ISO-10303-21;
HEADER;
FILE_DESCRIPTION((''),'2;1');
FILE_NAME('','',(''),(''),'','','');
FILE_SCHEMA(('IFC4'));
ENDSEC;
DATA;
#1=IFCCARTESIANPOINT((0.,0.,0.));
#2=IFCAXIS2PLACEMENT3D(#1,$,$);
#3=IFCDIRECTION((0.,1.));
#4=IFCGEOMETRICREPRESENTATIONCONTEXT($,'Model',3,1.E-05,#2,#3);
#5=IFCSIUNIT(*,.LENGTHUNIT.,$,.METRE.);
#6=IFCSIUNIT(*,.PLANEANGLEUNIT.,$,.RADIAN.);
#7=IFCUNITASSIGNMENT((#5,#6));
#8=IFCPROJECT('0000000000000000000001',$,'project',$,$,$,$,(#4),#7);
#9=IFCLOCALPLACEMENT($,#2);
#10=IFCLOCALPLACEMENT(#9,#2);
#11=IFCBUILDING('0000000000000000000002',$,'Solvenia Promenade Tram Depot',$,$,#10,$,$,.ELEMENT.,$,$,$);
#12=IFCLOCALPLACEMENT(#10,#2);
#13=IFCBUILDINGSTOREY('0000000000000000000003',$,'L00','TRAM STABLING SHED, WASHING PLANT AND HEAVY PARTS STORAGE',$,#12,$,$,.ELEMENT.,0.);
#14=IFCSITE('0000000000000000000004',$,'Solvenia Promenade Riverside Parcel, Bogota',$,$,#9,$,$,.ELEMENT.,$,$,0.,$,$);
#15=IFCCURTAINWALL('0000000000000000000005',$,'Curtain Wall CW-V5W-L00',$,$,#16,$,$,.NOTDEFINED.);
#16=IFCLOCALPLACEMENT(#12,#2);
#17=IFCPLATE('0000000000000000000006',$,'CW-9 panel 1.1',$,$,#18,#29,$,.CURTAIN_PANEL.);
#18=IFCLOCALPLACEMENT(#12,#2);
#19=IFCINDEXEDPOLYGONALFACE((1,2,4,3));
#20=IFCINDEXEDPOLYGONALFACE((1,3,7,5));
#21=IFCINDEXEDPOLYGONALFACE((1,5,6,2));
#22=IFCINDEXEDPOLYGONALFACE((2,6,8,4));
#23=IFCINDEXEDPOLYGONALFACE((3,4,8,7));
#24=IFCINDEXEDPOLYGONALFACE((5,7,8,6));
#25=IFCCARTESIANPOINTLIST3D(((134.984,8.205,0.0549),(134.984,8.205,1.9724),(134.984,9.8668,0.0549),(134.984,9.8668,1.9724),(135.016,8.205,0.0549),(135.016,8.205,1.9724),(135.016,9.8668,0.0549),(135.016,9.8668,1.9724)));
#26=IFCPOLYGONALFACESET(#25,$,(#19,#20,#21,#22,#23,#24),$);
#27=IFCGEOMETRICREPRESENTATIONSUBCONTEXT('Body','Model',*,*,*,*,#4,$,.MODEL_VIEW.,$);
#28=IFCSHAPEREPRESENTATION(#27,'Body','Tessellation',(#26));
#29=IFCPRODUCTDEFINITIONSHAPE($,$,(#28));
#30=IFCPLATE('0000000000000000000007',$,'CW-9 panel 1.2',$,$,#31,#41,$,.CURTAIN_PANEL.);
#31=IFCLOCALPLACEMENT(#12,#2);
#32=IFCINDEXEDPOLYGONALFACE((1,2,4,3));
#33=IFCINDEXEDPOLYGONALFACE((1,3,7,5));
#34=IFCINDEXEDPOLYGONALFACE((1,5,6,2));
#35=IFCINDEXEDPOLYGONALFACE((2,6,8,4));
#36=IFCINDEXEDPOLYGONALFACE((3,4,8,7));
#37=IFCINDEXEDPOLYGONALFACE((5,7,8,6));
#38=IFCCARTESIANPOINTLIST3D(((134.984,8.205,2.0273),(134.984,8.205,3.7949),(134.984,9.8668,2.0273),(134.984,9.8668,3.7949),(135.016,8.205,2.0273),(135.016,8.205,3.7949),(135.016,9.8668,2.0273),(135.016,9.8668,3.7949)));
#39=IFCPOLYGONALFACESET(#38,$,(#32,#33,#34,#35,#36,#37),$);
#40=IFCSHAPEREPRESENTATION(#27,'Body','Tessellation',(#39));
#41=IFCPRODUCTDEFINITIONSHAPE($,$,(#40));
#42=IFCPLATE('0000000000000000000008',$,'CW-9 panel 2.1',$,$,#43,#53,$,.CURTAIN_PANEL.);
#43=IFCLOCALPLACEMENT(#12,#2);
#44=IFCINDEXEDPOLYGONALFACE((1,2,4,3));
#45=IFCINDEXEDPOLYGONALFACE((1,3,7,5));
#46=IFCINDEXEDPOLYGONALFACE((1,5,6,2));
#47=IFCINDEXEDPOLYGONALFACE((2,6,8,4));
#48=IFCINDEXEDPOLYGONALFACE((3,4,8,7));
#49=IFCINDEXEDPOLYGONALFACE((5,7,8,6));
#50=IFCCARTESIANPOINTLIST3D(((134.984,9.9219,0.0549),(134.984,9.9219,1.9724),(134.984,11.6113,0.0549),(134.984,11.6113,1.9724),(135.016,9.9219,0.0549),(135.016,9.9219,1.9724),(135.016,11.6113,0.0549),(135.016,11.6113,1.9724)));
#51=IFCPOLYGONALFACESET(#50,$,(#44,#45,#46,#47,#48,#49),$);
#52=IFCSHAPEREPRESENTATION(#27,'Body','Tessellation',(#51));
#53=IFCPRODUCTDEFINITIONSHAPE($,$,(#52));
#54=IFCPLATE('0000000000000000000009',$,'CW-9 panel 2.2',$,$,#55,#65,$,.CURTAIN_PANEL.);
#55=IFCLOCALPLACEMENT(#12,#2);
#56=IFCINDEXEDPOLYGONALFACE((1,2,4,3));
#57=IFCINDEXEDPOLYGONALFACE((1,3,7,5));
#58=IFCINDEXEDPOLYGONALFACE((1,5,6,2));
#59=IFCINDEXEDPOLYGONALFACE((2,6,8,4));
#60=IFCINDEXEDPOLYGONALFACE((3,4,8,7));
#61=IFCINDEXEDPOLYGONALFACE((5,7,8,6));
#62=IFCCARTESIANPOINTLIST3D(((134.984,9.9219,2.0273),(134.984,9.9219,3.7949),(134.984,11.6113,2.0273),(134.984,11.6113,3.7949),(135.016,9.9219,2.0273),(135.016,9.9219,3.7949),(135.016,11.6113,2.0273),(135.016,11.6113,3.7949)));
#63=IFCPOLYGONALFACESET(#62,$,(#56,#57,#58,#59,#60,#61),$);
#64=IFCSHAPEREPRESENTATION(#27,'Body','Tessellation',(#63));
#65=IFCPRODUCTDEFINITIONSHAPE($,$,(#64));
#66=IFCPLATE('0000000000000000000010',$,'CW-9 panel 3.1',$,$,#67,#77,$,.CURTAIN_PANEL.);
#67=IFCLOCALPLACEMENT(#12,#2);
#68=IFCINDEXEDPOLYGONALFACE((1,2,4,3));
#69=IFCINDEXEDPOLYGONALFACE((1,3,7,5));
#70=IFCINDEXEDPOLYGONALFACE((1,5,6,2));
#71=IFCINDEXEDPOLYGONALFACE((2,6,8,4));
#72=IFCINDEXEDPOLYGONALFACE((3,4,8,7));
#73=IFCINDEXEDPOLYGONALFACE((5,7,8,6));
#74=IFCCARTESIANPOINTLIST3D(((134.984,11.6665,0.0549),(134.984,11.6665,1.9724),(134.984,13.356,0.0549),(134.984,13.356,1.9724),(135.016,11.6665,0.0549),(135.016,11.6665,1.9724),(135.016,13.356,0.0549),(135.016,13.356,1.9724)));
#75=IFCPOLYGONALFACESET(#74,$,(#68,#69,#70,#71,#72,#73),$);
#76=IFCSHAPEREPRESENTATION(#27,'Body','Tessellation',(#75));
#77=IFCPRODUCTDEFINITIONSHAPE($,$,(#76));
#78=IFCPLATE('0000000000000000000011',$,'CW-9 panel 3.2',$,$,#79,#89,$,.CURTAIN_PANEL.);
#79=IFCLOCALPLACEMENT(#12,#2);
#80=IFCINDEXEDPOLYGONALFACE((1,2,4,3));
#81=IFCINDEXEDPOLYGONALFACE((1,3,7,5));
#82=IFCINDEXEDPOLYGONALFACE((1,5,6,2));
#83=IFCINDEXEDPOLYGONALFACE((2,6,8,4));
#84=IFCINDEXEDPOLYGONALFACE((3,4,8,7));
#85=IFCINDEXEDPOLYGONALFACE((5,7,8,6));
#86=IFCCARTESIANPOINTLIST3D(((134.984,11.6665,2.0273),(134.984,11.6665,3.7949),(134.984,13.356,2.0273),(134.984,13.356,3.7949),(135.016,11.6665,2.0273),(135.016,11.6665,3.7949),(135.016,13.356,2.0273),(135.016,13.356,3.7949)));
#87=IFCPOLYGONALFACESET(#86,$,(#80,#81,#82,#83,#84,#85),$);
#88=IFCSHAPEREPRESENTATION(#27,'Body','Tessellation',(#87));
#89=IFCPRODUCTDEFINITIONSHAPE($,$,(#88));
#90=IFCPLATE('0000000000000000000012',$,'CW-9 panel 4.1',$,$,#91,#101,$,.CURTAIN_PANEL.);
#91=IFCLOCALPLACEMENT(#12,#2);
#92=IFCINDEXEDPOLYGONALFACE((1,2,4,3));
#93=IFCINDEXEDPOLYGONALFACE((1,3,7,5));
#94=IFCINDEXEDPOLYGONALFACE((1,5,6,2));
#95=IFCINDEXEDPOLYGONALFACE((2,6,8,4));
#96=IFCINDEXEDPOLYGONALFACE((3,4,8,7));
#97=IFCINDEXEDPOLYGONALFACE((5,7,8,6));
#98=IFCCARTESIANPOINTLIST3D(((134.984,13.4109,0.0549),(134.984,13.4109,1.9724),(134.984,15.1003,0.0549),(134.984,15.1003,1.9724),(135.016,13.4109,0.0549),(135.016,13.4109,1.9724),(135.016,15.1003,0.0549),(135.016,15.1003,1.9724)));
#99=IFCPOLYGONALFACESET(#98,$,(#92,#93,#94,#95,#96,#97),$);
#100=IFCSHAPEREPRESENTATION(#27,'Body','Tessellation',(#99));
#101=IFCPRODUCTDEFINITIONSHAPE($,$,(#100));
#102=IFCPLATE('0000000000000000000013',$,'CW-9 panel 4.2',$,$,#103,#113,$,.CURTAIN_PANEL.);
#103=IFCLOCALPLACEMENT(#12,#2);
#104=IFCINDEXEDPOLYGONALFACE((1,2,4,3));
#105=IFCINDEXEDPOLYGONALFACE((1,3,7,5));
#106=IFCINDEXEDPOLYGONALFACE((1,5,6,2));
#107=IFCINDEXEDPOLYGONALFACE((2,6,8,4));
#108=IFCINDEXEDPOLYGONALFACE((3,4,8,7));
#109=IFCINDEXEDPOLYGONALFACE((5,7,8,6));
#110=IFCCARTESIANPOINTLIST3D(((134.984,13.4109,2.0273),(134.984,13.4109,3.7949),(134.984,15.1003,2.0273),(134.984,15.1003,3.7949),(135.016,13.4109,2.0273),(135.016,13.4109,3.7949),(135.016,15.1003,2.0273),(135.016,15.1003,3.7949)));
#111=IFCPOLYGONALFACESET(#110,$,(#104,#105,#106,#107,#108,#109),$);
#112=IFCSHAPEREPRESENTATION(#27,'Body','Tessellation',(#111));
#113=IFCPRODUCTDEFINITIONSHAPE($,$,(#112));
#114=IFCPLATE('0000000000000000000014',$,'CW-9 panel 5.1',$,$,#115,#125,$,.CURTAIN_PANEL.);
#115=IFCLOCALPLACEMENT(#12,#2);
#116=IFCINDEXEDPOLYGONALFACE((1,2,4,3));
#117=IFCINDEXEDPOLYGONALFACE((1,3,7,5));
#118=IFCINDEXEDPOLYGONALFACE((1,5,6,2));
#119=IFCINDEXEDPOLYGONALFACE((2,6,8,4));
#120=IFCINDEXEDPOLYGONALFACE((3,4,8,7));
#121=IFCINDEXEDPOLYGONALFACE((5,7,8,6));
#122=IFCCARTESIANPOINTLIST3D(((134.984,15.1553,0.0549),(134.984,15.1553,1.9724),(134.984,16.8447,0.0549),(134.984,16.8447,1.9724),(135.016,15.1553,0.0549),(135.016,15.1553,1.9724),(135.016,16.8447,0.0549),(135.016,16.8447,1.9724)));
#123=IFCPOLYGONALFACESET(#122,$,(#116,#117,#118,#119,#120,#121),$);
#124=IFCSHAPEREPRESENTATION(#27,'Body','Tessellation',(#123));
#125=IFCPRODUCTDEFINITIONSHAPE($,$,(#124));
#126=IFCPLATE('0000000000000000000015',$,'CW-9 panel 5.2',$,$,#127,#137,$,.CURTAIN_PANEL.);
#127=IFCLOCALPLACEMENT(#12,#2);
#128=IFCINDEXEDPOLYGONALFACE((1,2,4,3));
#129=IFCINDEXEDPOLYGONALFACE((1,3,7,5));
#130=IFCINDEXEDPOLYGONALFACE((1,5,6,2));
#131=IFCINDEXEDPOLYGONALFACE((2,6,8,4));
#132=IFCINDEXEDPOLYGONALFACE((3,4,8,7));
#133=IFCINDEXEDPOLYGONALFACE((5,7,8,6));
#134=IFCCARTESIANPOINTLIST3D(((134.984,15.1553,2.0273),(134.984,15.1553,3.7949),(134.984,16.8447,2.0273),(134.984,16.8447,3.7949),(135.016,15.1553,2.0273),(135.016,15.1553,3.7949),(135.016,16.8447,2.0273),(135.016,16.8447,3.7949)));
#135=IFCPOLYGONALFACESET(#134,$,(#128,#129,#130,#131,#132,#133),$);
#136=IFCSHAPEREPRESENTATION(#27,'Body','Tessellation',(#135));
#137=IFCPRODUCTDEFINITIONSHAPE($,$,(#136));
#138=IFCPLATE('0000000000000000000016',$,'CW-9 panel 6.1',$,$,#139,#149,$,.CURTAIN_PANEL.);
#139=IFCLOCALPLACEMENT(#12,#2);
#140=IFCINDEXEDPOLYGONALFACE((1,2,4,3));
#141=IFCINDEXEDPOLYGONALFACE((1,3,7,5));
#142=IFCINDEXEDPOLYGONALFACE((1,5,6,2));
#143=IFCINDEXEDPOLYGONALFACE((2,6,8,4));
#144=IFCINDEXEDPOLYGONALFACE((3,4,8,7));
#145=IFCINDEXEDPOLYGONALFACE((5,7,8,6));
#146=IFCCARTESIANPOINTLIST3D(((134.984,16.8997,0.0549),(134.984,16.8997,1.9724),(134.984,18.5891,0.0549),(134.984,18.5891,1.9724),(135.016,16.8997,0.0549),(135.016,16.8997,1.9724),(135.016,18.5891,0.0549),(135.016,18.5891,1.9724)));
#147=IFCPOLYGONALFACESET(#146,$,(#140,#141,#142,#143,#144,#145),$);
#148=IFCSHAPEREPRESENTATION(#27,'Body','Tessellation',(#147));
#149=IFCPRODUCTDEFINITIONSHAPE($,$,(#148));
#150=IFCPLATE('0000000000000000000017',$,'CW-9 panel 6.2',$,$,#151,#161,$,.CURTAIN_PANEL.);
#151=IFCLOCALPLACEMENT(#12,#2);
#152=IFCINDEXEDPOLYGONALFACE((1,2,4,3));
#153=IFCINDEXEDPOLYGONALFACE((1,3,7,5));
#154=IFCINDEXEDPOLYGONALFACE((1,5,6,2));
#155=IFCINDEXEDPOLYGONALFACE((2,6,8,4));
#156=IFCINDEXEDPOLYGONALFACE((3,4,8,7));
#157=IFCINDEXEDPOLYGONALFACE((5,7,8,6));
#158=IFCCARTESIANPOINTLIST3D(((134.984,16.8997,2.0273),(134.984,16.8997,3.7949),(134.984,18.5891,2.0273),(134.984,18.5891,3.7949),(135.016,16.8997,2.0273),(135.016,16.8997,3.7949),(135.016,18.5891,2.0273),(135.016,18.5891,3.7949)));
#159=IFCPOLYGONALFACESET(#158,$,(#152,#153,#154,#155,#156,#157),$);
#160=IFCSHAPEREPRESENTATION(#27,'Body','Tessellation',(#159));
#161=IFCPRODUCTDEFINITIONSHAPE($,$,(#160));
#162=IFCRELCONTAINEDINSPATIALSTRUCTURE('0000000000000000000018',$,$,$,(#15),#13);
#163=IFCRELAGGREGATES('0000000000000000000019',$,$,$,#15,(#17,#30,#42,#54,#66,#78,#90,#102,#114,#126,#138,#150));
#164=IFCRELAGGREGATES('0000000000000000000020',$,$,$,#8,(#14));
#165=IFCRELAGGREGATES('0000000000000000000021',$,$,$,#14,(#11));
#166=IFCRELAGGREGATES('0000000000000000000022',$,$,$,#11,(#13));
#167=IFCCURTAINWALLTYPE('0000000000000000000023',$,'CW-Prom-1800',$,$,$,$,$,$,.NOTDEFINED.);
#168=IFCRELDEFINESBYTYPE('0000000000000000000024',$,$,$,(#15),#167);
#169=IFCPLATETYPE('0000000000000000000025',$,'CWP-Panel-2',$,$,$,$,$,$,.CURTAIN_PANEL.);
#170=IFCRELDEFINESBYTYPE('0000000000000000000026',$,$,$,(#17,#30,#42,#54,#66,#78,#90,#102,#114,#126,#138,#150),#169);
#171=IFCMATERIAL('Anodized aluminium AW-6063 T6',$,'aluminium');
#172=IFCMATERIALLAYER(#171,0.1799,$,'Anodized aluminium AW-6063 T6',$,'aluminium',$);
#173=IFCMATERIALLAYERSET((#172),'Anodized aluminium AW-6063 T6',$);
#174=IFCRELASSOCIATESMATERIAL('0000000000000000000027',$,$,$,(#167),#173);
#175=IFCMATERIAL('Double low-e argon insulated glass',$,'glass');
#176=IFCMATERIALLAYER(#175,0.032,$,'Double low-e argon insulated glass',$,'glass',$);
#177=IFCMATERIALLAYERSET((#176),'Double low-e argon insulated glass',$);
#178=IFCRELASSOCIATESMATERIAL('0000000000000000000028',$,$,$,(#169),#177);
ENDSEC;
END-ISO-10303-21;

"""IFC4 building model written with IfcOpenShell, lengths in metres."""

from ifc_helpers import new_model, si_unit, direction, frame, origin, origin_2d, place, context, subcontext, project, spatial, rectangle, extrude, material, layer, layer_set, type_object, element, aggregate, save


model = new_model("IFC4")

# Units and contexts
model_context = context("Model", 3, precision=1e-05, world=origin(), true_north=direction((0.0, 1.0)))
body_context = subcontext(model_context, "Body", "Model", "MODEL_VIEW")
ifc_project = project(units=[si_unit("LENGTHUNIT", "METRE"), si_unit("PLANEANGLEUNIT", "RADIAN")], contexts=[model_context])

# Site, building, storey
site_placement = place(None, origin())
site = spatial("IfcSite", under=ifc_project, at=site_placement, Name="Solvenia Promenade Riverside Parcel, Bogota", CompositionType="ELEMENT", RefElevation=0.0)
building_placement = place(site_placement, origin())
building = spatial("IfcBuilding", under=site, at=building_placement, Name="Solvenia Promenade Tram Depot", CompositionType="ELEMENT")
storey_placement = place(building_placement, origin())
storey = spatial("IfcBuildingStorey", under=building, at=storey_placement, Name="L00", Description="TRAM STABLING SHED, WASHING PLANT AND HEAVY PARTS STORAGE", CompositionType="ELEMENT", Elevation=0.0)

# Curtain wall, plates
ifc_material_1 = material(Name="Anodized aluminium AW-6063 T6", Category="aluminium")
ifc_layer_1 = layer(ifc_material_1, 0.1799, Name="Anodized aluminium AW-6063 T6", Category="aluminium")
ifc_layer_set_1 = layer_set([ifc_layer_1], Name="Anodized aluminium AW-6063 T6")
curtain_wall_type = type_object("IfcCurtainWallType", Name="CW-Prom-1800", PredefinedType="NOTDEFINED", material=ifc_layer_set_1)
curtain_wall_placement = place(storey_placement, origin())
curtain_wall = element("IfcCurtainWall", 1, at=curtain_wall_placement, inside=storey, type_object=curtain_wall_type, Name="Curtain Wall CW-V5W-L00", PredefinedType="NOTDEFINED")
ifc_material_2 = material(Name="Double low-e argon insulated glass", Category="glass")
ifc_layer_2 = layer(ifc_material_2, 0.032, Name="Double low-e argon insulated glass", Category="glass")
ifc_layer_set_2 = layer_set([ifc_layer_2], Name="Double low-e argon insulated glass")
plate_type = type_object("IfcPlateType", Name="CWP-Panel-2", PredefinedType="CURTAIN_PANEL", material=ifc_layer_set_2)
plate_1_placement = place(storey_placement, frame((135.0, 9.0359, 0.0549), z_axis=(0.0, 0.0, 1.0), x_axis=(0.0, 1.0, 0.0)))
plate_1 = element("IfcPlate", 2, at=plate_1_placement, type_object=plate_type, Name="CW-9 panel 1.1", PredefinedType="CURTAIN_PANEL", context=body_context, shape_type="SweptSolid", body=[
    extrude(rectangle(XDim=1.6619, YDim=0.032, at=origin_2d()), origin(), (0.0, 0.0, 1.0), 1.9175),
])
plate_2_placement = place(storey_placement, frame((135.0, 9.0359, 2.0273), z_axis=(0.0, 0.0, 1.0), x_axis=(0.0, 1.0, 0.0)))
plate_2 = element("IfcPlate", 3, at=plate_2_placement, type_object=plate_type, Name="CW-9 panel 1.2", PredefinedType="CURTAIN_PANEL", context=body_context, shape_type="SweptSolid", body=[
    extrude(rectangle(XDim=1.6619, YDim=0.032, at=origin_2d()), origin(), (0.0, 0.0, 1.0), 1.7676),
])
plate_3_placement = place(storey_placement, frame((135.0, 10.7666, 0.0549), z_axis=(0.0, 0.0, 1.0), x_axis=(0.0, 1.0, 0.0)))
plate_3 = element("IfcPlate", 4, at=plate_3_placement, type_object=plate_type, Name="CW-9 panel 2.1", PredefinedType="CURTAIN_PANEL", context=body_context, shape_type="SweptSolid", body=[
    extrude(rectangle(XDim=1.6895, YDim=0.032, at=origin_2d()), origin(), (0.0, 0.0, 1.0), 1.9175),
])
plate_4_placement = place(storey_placement, frame((135.0, 10.7666, 2.0273), z_axis=(0.0, 0.0, 1.0), x_axis=(0.0, 1.0, 0.0)))
plate_4 = element("IfcPlate", 5, at=plate_4_placement, type_object=plate_type, Name="CW-9 panel 2.2", PredefinedType="CURTAIN_PANEL", context=body_context, shape_type="SweptSolid", body=[
    extrude(rectangle(XDim=1.6895, YDim=0.032, at=origin_2d()), origin(), (0.0, 0.0, 1.0), 1.7676),
])
plate_5_placement = place(storey_placement, frame((135.0, 12.5112, 0.0549), z_axis=(0.0, 0.0, 1.0), x_axis=(0.0, 1.0, 0.0)))
plate_5 = element("IfcPlate", 6, at=plate_5_placement, type_object=plate_type, Name="CW-9 panel 3.1", PredefinedType="CURTAIN_PANEL", context=body_context, shape_type="SweptSolid", body=[
    extrude(rectangle(XDim=1.6895, YDim=0.032, at=origin_2d()), origin(), (0.0, 0.0, 1.0), 1.9175),
])
plate_6_placement = place(storey_placement, frame((135.0, 12.5112, 2.0273), z_axis=(0.0, 0.0, 1.0), x_axis=(0.0, 1.0, 0.0)))
plate_6 = element("IfcPlate", 7, at=plate_6_placement, type_object=plate_type, Name="CW-9 panel 3.2", PredefinedType="CURTAIN_PANEL", context=body_context, shape_type="SweptSolid", body=[
    extrude(rectangle(XDim=1.6895, YDim=0.032, at=origin_2d()), origin(), (0.0, 0.0, 1.0), 1.7676),
])
plate_7_placement = place(storey_placement, frame((135.0, 14.2556, 0.0549), z_axis=(0.0, 0.0, 1.0), x_axis=(0.0, 1.0, 0.0)))
plate_7 = element("IfcPlate", 8, at=plate_7_placement, type_object=plate_type, Name="CW-9 panel 4.1", PredefinedType="CURTAIN_PANEL", context=body_context, shape_type="SweptSolid", body=[
    extrude(rectangle(XDim=1.6895, YDim=0.032, at=origin_2d()), origin(), (0.0, 0.0, 1.0), 1.9175),
])
plate_8_placement = place(storey_placement, frame((135.0, 14.2556, 2.0273), z_axis=(0.0, 0.0, 1.0), x_axis=(0.0, 1.0, 0.0)))
plate_8 = element("IfcPlate", 9, at=plate_8_placement, type_object=plate_type, Name="CW-9 panel 4.2", PredefinedType="CURTAIN_PANEL", context=body_context, shape_type="SweptSolid", body=[
    extrude(rectangle(XDim=1.6895, YDim=0.032, at=origin_2d()), origin(), (0.0, 0.0, 1.0), 1.7676),
])
plate_9_placement = place(storey_placement, frame((135.0, 16.0, 0.0549), z_axis=(0.0, 0.0, 1.0), x_axis=(0.0, 1.0, 0.0)))
plate_9 = element("IfcPlate", 10, at=plate_9_placement, type_object=plate_type, Name="CW-9 panel 5.1", PredefinedType="CURTAIN_PANEL", context=body_context, shape_type="SweptSolid", body=[
    extrude(rectangle(XDim=1.6895, YDim=0.032, at=origin_2d()), origin(), (0.0, 0.0, 1.0), 1.9175),
])
plate_10_placement = place(storey_placement, frame((135.0, 16.0, 2.0273), z_axis=(0.0, 0.0, 1.0), x_axis=(0.0, 1.0, 0.0)))
plate_10 = element("IfcPlate", 11, at=plate_10_placement, type_object=plate_type, Name="CW-9 panel 5.2", PredefinedType="CURTAIN_PANEL", context=body_context, shape_type="SweptSolid", body=[
    extrude(rectangle(XDim=1.6895, YDim=0.032, at=origin_2d()), origin(), (0.0, 0.0, 1.0), 1.7676),
])
plate_11_placement = place(storey_placement, frame((135.0, 17.7444, 0.0549), z_axis=(0.0, 0.0, 1.0), x_axis=(0.0, 1.0, 0.0)))
plate_11 = element("IfcPlate", 12, at=plate_11_placement, type_object=plate_type, Name="CW-9 panel 6.1", PredefinedType="CURTAIN_PANEL", context=body_context, shape_type="SweptSolid", body=[
    extrude(rectangle(XDim=1.6895, YDim=0.032, at=origin_2d()), origin(), (0.0, 0.0, 1.0), 1.9175),
])
plate_12_placement = place(storey_placement, frame((135.0, 17.7444, 2.0273), z_axis=(0.0, 0.0, 1.0), x_axis=(0.0, 1.0, 0.0)))
plate_12 = element("IfcPlate", 13, at=plate_12_placement, type_object=plate_type, Name="CW-9 panel 6.2", PredefinedType="CURTAIN_PANEL", context=body_context, shape_type="SweptSolid", body=[
    extrude(rectangle(XDim=1.6895, YDim=0.032, at=origin_2d()), origin(), (0.0, 0.0, 1.0), 1.7676),
])
aggregate(curtain_wall, [plate_1, plate_2, plate_3, plate_4, plate_5, plate_6, plate_7, plate_8, plate_9, plate_10, plate_11, plate_12])

save(model, "model.ifc")
